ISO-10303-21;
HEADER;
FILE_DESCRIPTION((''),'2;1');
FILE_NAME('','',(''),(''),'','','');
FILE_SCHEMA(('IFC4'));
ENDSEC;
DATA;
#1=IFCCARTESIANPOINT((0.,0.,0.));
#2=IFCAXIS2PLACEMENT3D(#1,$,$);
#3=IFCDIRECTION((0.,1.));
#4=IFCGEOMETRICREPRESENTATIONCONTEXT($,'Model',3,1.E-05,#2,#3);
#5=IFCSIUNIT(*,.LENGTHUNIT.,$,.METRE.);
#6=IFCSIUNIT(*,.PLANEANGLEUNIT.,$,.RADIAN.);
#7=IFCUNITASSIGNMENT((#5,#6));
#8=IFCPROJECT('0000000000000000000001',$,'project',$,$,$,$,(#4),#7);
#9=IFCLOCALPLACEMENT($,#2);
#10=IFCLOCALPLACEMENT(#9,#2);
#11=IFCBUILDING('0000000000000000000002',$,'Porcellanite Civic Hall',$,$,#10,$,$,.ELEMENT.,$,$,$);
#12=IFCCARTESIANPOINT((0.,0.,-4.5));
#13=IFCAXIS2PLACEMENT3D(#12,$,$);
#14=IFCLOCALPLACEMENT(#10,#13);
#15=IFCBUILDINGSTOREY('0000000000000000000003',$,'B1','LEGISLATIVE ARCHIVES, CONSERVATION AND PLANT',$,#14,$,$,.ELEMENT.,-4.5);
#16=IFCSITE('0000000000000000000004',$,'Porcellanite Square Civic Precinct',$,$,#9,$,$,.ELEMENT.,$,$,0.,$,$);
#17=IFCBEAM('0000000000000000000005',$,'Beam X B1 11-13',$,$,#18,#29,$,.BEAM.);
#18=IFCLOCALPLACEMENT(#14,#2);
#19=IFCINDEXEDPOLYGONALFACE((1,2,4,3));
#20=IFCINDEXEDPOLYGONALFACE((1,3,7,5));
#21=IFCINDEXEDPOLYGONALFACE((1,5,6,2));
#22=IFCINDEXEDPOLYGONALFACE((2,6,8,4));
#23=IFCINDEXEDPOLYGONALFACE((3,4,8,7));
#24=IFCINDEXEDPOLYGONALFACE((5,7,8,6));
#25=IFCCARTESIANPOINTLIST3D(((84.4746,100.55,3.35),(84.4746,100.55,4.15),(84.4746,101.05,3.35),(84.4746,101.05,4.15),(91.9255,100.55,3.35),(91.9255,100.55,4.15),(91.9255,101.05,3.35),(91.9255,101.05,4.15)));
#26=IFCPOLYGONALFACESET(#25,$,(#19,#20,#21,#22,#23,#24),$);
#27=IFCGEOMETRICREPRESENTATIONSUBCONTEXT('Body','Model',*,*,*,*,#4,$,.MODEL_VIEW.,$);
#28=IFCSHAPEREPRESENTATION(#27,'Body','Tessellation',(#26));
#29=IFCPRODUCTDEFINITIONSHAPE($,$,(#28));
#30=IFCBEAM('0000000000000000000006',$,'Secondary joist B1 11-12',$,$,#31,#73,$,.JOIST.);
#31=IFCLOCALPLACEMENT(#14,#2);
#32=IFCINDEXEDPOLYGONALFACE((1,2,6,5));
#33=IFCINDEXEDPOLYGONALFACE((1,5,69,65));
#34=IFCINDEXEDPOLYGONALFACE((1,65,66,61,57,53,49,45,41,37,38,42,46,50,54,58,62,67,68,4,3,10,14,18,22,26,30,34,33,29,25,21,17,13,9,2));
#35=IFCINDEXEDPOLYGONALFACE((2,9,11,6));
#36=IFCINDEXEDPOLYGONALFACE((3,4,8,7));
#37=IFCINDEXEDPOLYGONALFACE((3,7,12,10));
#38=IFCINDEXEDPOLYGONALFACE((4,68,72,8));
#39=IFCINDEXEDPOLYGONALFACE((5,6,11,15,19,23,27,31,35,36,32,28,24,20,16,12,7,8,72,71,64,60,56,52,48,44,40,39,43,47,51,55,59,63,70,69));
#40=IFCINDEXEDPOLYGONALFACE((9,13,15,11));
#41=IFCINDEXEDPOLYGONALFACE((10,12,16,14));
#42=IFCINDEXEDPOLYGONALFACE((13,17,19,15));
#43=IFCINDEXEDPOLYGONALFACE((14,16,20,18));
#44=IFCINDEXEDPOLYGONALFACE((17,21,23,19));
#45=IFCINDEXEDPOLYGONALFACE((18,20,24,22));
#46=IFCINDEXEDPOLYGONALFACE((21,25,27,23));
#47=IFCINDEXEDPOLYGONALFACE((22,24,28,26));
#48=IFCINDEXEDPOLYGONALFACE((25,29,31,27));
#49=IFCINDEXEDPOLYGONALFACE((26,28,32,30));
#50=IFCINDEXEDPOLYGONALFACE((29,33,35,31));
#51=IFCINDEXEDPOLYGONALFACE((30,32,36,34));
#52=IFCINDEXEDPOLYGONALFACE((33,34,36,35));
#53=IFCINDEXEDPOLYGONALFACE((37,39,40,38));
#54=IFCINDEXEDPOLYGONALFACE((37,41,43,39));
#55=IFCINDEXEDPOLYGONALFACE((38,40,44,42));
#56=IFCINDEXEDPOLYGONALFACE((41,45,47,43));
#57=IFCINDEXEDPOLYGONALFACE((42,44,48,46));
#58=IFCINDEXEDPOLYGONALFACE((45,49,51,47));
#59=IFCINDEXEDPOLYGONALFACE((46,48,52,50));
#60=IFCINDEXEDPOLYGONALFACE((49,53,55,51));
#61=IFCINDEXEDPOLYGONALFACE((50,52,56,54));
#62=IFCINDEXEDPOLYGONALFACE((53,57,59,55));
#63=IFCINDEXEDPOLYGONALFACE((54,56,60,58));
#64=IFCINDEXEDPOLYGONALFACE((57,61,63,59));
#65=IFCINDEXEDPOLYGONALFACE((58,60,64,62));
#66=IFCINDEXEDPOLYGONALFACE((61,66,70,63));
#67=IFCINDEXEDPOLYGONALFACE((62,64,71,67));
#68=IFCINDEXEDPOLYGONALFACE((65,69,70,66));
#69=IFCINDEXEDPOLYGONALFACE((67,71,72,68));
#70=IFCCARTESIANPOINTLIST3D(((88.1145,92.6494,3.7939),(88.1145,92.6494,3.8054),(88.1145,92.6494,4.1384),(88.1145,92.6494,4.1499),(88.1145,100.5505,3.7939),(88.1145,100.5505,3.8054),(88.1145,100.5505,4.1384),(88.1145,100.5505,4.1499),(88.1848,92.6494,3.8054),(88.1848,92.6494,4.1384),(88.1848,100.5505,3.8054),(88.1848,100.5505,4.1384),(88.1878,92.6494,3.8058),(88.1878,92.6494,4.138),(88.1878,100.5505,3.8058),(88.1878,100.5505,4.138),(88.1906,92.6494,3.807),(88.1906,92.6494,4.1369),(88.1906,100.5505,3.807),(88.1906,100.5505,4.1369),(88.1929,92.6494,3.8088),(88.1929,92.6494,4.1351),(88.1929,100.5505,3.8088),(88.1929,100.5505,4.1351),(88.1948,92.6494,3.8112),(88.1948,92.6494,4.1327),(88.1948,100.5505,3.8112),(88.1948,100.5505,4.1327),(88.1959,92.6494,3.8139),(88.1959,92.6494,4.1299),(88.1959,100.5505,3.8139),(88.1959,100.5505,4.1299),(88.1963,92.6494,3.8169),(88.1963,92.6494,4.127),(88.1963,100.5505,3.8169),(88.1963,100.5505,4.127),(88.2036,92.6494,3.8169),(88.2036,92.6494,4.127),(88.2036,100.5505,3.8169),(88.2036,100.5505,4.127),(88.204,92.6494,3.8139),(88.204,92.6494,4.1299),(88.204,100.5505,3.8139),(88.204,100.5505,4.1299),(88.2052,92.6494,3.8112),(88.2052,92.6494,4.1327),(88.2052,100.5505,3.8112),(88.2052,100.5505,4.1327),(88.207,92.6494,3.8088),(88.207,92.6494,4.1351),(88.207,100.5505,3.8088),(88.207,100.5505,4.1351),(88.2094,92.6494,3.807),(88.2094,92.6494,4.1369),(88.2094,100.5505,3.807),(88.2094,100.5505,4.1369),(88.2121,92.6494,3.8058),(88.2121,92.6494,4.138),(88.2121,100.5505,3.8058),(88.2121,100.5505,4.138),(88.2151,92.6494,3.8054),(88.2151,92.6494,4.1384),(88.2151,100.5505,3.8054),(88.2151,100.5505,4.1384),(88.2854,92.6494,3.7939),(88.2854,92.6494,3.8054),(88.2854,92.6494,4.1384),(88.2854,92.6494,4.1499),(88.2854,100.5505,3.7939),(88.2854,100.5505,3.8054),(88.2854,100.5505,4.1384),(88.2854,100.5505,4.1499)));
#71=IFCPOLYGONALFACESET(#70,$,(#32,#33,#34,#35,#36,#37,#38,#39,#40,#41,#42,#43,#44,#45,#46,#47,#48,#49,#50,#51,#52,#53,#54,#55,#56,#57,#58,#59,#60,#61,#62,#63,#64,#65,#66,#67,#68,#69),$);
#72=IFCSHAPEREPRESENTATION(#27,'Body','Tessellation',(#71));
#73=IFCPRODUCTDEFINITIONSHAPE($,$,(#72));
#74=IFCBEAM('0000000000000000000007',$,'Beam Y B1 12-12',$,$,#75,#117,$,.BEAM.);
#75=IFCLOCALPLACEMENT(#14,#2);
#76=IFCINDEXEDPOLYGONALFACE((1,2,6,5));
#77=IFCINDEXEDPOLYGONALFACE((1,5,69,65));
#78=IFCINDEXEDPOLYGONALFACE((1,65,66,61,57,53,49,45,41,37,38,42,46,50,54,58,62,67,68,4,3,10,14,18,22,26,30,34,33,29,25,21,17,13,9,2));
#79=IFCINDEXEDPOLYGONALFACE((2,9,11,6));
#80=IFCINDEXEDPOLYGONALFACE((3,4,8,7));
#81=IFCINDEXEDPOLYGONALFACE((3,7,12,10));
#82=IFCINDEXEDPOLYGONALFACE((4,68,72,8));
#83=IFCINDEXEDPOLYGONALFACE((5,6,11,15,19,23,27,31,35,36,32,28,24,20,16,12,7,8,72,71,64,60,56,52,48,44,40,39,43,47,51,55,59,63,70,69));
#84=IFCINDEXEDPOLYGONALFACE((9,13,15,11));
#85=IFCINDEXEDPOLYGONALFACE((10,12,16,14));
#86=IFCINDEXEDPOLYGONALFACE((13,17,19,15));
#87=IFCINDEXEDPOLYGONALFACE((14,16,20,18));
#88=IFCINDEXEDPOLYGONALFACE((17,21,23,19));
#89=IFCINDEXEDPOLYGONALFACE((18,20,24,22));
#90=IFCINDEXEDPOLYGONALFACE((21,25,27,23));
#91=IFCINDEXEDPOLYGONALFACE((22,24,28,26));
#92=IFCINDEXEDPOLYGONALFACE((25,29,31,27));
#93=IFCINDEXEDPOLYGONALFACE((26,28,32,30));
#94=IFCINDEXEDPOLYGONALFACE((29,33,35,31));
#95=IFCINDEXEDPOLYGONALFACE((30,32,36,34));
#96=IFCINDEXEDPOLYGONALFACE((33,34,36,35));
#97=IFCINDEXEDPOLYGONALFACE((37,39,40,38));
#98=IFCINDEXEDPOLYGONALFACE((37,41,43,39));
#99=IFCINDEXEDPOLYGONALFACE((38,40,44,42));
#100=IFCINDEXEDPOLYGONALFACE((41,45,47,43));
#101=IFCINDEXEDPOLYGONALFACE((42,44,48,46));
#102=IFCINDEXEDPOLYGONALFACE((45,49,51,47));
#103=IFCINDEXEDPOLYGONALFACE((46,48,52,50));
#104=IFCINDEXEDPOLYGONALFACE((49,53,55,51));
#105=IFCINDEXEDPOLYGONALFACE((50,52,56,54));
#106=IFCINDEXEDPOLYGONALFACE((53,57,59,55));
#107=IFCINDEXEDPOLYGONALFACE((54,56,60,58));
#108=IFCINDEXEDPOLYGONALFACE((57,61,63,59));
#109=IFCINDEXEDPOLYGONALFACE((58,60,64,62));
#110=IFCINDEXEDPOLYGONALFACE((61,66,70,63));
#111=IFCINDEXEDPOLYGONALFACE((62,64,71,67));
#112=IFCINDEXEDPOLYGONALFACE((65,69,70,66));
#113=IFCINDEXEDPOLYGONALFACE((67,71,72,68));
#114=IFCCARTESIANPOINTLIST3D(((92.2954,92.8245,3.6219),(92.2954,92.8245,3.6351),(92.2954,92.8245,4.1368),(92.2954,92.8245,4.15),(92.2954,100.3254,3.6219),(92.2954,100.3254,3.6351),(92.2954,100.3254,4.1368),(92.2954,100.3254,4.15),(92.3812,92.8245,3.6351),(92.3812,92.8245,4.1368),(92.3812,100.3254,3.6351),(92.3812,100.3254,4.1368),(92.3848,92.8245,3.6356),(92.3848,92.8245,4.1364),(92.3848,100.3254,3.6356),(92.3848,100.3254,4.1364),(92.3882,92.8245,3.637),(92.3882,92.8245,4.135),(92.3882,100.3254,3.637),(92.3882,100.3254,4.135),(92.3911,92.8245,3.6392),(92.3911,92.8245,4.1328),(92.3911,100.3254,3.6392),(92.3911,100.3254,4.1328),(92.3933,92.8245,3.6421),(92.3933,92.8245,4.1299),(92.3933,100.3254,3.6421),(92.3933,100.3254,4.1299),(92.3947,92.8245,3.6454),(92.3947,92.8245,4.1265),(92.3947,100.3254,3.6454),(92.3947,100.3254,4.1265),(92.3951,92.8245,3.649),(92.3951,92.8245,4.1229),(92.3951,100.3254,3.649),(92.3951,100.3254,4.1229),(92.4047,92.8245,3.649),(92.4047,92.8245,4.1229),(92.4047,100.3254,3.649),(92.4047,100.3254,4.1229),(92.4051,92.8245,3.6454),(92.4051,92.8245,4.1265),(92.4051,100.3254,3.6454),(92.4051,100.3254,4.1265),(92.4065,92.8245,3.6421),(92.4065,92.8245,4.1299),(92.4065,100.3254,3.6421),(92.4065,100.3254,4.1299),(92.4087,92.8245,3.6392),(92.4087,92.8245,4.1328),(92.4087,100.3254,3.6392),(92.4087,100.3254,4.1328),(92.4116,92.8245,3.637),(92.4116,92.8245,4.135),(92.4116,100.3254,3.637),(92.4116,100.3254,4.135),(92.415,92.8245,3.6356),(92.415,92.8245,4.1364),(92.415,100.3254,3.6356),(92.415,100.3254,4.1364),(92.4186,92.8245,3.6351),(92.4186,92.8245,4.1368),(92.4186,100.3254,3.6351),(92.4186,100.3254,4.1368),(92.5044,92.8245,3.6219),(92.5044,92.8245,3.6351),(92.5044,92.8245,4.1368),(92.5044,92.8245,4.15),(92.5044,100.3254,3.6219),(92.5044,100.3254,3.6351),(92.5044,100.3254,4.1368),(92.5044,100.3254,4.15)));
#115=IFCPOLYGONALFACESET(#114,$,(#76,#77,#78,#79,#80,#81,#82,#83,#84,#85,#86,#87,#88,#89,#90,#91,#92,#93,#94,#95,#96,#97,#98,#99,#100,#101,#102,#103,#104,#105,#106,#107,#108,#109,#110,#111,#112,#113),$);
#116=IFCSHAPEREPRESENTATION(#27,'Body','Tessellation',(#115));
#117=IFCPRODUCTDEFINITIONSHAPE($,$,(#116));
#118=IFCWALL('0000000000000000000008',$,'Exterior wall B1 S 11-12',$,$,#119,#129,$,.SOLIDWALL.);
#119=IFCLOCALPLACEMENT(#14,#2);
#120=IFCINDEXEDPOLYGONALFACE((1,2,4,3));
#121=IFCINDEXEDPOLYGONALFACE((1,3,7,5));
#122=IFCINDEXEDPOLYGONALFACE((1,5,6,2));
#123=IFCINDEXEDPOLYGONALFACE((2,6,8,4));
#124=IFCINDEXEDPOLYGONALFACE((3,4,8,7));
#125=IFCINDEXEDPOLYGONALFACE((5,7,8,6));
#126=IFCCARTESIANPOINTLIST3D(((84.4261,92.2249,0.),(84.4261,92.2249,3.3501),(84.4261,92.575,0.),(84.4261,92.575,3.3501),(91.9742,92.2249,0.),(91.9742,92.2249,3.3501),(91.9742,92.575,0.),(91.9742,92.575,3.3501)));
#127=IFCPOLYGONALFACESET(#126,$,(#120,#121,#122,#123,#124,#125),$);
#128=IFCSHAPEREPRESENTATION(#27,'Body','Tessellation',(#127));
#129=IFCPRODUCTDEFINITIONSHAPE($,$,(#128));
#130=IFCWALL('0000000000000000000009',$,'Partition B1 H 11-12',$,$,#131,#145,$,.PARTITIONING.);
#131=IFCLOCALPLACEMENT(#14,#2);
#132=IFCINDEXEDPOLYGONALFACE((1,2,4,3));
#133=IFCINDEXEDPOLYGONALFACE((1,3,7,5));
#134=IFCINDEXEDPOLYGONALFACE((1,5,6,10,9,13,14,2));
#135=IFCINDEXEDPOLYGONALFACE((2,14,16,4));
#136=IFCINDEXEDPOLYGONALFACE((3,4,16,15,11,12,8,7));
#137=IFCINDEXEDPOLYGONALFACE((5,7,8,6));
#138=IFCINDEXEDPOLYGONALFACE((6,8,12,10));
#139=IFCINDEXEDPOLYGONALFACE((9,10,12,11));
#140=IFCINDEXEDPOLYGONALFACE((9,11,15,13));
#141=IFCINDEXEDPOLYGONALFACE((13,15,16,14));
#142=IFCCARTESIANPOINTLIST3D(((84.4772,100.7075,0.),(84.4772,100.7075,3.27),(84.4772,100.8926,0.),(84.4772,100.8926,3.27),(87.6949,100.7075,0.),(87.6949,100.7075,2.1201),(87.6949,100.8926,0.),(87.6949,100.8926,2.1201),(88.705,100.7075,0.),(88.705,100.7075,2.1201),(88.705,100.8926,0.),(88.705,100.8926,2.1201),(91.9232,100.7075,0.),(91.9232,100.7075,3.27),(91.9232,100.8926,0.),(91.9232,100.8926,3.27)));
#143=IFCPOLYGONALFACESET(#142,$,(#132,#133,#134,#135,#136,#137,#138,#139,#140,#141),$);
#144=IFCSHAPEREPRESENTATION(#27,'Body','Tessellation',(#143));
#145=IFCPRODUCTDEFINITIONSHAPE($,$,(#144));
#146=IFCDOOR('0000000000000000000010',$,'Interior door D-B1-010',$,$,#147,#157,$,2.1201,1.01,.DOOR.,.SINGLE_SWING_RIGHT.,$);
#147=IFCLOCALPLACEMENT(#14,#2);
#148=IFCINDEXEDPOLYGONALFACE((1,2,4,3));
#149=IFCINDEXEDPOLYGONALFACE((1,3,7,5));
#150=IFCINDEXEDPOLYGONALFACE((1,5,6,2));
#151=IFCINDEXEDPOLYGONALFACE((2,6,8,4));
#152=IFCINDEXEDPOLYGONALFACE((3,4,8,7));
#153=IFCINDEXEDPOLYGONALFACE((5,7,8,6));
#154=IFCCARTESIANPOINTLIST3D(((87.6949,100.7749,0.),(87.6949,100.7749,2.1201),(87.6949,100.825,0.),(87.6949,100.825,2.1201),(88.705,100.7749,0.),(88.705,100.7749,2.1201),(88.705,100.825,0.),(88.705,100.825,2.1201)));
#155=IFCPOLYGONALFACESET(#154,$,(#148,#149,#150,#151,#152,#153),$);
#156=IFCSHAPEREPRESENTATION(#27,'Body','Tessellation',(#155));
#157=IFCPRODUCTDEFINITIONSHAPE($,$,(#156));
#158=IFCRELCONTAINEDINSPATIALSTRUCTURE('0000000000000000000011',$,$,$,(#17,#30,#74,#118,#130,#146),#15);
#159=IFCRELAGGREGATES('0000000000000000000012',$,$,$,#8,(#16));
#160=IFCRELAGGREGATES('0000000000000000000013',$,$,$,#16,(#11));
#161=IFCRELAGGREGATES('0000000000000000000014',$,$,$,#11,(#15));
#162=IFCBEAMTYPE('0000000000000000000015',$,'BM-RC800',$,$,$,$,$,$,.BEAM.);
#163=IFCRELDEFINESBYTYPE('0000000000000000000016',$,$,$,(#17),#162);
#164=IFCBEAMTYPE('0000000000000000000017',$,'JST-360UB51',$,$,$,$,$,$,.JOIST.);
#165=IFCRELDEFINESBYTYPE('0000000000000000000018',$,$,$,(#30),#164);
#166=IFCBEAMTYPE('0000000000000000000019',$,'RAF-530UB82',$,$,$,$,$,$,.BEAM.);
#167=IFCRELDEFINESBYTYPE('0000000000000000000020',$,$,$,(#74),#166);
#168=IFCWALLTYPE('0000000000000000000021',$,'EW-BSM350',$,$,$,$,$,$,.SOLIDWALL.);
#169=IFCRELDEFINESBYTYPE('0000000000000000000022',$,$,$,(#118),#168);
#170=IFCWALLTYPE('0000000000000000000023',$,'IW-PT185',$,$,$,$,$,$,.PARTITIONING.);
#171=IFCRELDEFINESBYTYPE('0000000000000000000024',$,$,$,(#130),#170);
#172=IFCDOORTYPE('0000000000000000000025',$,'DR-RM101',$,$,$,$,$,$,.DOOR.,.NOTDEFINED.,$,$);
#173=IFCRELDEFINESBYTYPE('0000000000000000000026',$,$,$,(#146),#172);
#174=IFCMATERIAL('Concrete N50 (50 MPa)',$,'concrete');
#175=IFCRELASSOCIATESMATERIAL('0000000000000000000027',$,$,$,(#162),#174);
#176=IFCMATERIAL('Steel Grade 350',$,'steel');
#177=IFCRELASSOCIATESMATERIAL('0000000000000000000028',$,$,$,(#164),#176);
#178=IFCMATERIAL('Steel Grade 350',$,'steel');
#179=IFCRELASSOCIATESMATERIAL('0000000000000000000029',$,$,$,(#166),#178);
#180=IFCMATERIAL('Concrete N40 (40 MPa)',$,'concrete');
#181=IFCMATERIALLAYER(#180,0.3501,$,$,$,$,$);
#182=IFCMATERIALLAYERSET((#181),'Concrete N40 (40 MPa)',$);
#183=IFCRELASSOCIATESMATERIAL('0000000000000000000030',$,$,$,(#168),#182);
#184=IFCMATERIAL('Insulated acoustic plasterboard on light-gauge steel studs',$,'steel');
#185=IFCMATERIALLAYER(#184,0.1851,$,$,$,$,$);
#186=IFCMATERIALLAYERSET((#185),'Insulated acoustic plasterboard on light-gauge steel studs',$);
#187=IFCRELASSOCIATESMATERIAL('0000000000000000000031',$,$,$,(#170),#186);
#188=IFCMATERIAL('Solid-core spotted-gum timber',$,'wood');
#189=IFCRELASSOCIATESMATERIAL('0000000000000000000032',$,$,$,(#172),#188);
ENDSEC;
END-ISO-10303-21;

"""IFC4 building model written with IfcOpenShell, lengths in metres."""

from ifc_helpers import new_model, si_unit, direction, frame, frame_2d, origin, origin_2d, place, context, subcontext, project, spatial, rectangle, i_section, extrude, material, layer, layer_set, material_profile, profile_set, type_object, element, fill, save


model = new_model("IFC4")

# Units and contexts
model_context = context("Model", 3, precision=1e-05, world=origin(), true_north=direction((0.0, 1.0)))
body_context = subcontext(model_context, "Body", "Model", "MODEL_VIEW")
ifc_project = project(units=[si_unit("LENGTHUNIT", "METRE"), si_unit("PLANEANGLEUNIT", "RADIAN")], contexts=[model_context])

# Site, building, storey
site_placement = place(None, origin())
site = spatial("IfcSite", under=ifc_project, at=site_placement, Name="Porcellanite Square Civic Precinct", CompositionType="ELEMENT", RefElevation=0.0)
building_placement = place(site_placement, origin())
building = spatial("IfcBuilding", under=site, at=building_placement, Name="Porcellanite Civic Hall", CompositionType="ELEMENT")
storey_placement = place(building_placement, frame((0.0, 0.0, -4.5)))
storey = spatial("IfcBuildingStorey", under=building, at=storey_placement, Name="B1", Description="LEGISLATIVE ARCHIVES, CONSERVATION AND PLANT", CompositionType="ELEMENT", Elevation=-4.5)

# Beams
ifc_material_1 = material(Name="Concrete N50 (50 MPa)", Category="concrete")
ifc_material_profile_1 = material_profile(ifc_material_1, rectangle(XDim=0.5, YDim=0.8, at=origin_2d()), Name="RC-500x800")
ifc_profile_set_1 = profile_set([ifc_material_profile_1], Name="Concrete N50 (50 MPa)")
beam_type_1 = type_object("IfcBeamType", Name="BM-RC800", PredefinedType="BEAM", material=ifc_profile_set_1)
beam_1_placement = place(storey_placement, frame((84.4746, 100.8, 3.75), z_axis=(1.0, 0.0, 0.0), x_axis=(0.0, 1.0, 0.0)))
element("IfcBeam", 1, at=beam_1_placement, inside=storey, type_object=beam_type_1, Name="Beam X B1 11-13", PredefinedType="BEAM", context=body_context, shape_type="SweptSolid", body=[
    extrude(rectangle(XDim=0.5, YDim=0.8, at=origin_2d()), origin(), (0.0, 0.0, 1.0), 7.4509),
])
ifc_material_2 = material(Name="Steel Grade 350", Category="steel")
ifc_material_profile_2 = material_profile(ifc_material_2, i_section(OverallWidth=0.1709, OverallDepth=0.356, WebThickness=0.0073, FlangeThickness=0.0115, FilletRadius=0.0115, at=origin_2d()), Name="360UB50.7")
ifc_profile_set_2 = profile_set([ifc_material_profile_2], Name="Steel Grade 350")
beam_type_2 = type_object("IfcBeamType", Name="JST-360UB51", PredefinedType="JOIST", material=ifc_profile_set_2)
beam_2_placement = place(storey_placement, frame((88.2, 92.6494, 3.9719), z_axis=(0.0, 1.0, 0.0), x_axis=(-1.0, 0.0, 0.0)))
element("IfcBeam", 2, at=beam_2_placement, inside=storey, type_object=beam_type_2, Name="Secondary joist B1 11-12", PredefinedType="JOIST", context=body_context, shape_type="SweptSolid", body=[
    extrude(i_section(OverallWidth=0.1709, OverallDepth=0.356, WebThickness=0.0073, FlangeThickness=0.0115, FilletRadius=0.0115, at=origin_2d()), origin(), (0.0, 0.0, 1.0), 7.9011),
])
ifc_material_3 = material(Name="Steel Grade 350", Category="steel")
ifc_material_profile_3 = material_profile(ifc_material_3, i_section(OverallWidth=0.209, OverallDepth=0.5281, WebThickness=0.0095, FlangeThickness=0.0132, FilletRadius=0.0139, at=origin_2d()), Name="530UB82.0")
ifc_profile_set_3 = profile_set([ifc_material_profile_3], Name="Steel Grade 350")
beam_type_3 = type_object("IfcBeamType", Name="RAF-530UB82", PredefinedType="BEAM", material=ifc_profile_set_3)
beam_3_placement = place(storey_placement, frame((92.3999, 92.8245, 3.886), z_axis=(0.0, 1.0, 0.0), x_axis=(-1.0, 0.0, 0.0)))
element("IfcBeam", 3, at=beam_3_placement, inside=storey, type_object=beam_type_3, Name="Beam Y B1 12-12", PredefinedType="BEAM", context=body_context, shape_type="SweptSolid", body=[
    extrude(i_section(OverallWidth=0.209, OverallDepth=0.5281, WebThickness=0.0095, FlangeThickness=0.0132, FilletRadius=0.0139, at=origin_2d()), origin(), (0.0, 0.0, 1.0), 7.501),
])

# Wall
ifc_material_4 = material(Name="Concrete N40 (40 MPa)", Category="concrete")
ifc_layer_1 = layer(ifc_material_4, 0.3501)
ifc_layer_set_1 = layer_set([ifc_layer_1], Name="Concrete N40 (40 MPa)")
wall_type_1 = type_object("IfcWallType", Name="EW-BSM350", PredefinedType="SOLIDWALL", material=ifc_layer_set_1)
wall_1_placement = place(storey_placement, frame((91.9741, 92.3999, 0.0), z_axis=(0.0, 0.0, 1.0), x_axis=(-1.0, 0.0, 0.0)))
element("IfcWall", 4, at=wall_1_placement, inside=storey, type_object=wall_type_1, Name="Exterior wall B1 S 11-12", PredefinedType="SOLIDWALL", context=body_context, shape_type="SweptSolid", body=[
    extrude(rectangle(XDim=7.5481, YDim=0.3501, at=frame_2d((3.7739, 0.0))), origin(), (0.0, 0.0, 1.0), 3.3501),
])

# Wall, opening, door
ifc_material_5 = material(Name="Insulated acoustic plasterboard on light-gauge steel studs", Category="steel")
ifc_layer_2 = layer(ifc_material_5, 0.1851)
ifc_layer_set_2 = layer_set([ifc_layer_2], Name="Insulated acoustic plasterboard on light-gauge steel studs")
wall_type_2 = type_object("IfcWallType", Name="IW-PT185", PredefinedType="PARTITIONING", material=ifc_layer_set_2)
wall_2_placement = place(storey_placement, frame((84.4771, 100.8, 0.0), z_axis=(0.0, 0.0, 1.0), x_axis=(1.0, 0.0, 0.0)))
wall_2 = element("IfcWall", 5, at=wall_2_placement, inside=storey, type_object=wall_type_2, Name="Partition B1 H 11-12", PredefinedType="PARTITIONING", context=body_context, shape_type="SweptSolid", body=[
    extrude(rectangle(XDim=7.446, YDim=0.1851, at=frame_2d((3.7231, 0.0))), origin(), (0.0, 0.0, 1.0), 3.27),
])
opening_placement = place(wall_2_placement, frame((3.218, 0.0, 0.0)))
opening = element("IfcOpeningElement", 6, at=opening_placement, cuts=wall_2, PredefinedType="OPENING", context=body_context, shape_type="SweptSolid", body=[
    extrude(rectangle(XDim=1.01, YDim=2.1201, at=frame_2d((0.5049, 1.0601))), frame((0.0, 0.0925, 0.0), z_axis=(0.0, -1.0, 0.0), x_axis=(1.0, 0.0, 0.0)), (0.0, 0.0, 1.0), 0.1851),
])
ifc_material_6 = material(Name="Solid-core spotted-gum timber", Category="wood")
door_type = type_object("IfcDoorType", Name="DR-RM101", OperationType="NOTDEFINED", PredefinedType="DOOR", material=ifc_material_6)
door_placement = place(opening_placement, origin())
door = element("IfcDoor", 7, at=door_placement, inside=storey, type_object=door_type, Name="Interior door D-B1-010", OperationType="SINGLE_SWING_RIGHT", OverallHeight=2.1201, OverallWidth=1.01, PredefinedType="DOOR", context=body_context, shape_type="SweptSolid", body=[
    extrude(rectangle(XDim=1.01, YDim=2.1201, at=frame_2d((0.5049, 1.0601))), frame((0.0, 0.0249, 0.0), z_axis=(0.0, -1.0, 0.0), x_axis=(1.0, 0.0, 0.0)), (0.0, 0.0, 1.0), 0.05),
])
fill(opening, door)

save(model, "model.ifc")
